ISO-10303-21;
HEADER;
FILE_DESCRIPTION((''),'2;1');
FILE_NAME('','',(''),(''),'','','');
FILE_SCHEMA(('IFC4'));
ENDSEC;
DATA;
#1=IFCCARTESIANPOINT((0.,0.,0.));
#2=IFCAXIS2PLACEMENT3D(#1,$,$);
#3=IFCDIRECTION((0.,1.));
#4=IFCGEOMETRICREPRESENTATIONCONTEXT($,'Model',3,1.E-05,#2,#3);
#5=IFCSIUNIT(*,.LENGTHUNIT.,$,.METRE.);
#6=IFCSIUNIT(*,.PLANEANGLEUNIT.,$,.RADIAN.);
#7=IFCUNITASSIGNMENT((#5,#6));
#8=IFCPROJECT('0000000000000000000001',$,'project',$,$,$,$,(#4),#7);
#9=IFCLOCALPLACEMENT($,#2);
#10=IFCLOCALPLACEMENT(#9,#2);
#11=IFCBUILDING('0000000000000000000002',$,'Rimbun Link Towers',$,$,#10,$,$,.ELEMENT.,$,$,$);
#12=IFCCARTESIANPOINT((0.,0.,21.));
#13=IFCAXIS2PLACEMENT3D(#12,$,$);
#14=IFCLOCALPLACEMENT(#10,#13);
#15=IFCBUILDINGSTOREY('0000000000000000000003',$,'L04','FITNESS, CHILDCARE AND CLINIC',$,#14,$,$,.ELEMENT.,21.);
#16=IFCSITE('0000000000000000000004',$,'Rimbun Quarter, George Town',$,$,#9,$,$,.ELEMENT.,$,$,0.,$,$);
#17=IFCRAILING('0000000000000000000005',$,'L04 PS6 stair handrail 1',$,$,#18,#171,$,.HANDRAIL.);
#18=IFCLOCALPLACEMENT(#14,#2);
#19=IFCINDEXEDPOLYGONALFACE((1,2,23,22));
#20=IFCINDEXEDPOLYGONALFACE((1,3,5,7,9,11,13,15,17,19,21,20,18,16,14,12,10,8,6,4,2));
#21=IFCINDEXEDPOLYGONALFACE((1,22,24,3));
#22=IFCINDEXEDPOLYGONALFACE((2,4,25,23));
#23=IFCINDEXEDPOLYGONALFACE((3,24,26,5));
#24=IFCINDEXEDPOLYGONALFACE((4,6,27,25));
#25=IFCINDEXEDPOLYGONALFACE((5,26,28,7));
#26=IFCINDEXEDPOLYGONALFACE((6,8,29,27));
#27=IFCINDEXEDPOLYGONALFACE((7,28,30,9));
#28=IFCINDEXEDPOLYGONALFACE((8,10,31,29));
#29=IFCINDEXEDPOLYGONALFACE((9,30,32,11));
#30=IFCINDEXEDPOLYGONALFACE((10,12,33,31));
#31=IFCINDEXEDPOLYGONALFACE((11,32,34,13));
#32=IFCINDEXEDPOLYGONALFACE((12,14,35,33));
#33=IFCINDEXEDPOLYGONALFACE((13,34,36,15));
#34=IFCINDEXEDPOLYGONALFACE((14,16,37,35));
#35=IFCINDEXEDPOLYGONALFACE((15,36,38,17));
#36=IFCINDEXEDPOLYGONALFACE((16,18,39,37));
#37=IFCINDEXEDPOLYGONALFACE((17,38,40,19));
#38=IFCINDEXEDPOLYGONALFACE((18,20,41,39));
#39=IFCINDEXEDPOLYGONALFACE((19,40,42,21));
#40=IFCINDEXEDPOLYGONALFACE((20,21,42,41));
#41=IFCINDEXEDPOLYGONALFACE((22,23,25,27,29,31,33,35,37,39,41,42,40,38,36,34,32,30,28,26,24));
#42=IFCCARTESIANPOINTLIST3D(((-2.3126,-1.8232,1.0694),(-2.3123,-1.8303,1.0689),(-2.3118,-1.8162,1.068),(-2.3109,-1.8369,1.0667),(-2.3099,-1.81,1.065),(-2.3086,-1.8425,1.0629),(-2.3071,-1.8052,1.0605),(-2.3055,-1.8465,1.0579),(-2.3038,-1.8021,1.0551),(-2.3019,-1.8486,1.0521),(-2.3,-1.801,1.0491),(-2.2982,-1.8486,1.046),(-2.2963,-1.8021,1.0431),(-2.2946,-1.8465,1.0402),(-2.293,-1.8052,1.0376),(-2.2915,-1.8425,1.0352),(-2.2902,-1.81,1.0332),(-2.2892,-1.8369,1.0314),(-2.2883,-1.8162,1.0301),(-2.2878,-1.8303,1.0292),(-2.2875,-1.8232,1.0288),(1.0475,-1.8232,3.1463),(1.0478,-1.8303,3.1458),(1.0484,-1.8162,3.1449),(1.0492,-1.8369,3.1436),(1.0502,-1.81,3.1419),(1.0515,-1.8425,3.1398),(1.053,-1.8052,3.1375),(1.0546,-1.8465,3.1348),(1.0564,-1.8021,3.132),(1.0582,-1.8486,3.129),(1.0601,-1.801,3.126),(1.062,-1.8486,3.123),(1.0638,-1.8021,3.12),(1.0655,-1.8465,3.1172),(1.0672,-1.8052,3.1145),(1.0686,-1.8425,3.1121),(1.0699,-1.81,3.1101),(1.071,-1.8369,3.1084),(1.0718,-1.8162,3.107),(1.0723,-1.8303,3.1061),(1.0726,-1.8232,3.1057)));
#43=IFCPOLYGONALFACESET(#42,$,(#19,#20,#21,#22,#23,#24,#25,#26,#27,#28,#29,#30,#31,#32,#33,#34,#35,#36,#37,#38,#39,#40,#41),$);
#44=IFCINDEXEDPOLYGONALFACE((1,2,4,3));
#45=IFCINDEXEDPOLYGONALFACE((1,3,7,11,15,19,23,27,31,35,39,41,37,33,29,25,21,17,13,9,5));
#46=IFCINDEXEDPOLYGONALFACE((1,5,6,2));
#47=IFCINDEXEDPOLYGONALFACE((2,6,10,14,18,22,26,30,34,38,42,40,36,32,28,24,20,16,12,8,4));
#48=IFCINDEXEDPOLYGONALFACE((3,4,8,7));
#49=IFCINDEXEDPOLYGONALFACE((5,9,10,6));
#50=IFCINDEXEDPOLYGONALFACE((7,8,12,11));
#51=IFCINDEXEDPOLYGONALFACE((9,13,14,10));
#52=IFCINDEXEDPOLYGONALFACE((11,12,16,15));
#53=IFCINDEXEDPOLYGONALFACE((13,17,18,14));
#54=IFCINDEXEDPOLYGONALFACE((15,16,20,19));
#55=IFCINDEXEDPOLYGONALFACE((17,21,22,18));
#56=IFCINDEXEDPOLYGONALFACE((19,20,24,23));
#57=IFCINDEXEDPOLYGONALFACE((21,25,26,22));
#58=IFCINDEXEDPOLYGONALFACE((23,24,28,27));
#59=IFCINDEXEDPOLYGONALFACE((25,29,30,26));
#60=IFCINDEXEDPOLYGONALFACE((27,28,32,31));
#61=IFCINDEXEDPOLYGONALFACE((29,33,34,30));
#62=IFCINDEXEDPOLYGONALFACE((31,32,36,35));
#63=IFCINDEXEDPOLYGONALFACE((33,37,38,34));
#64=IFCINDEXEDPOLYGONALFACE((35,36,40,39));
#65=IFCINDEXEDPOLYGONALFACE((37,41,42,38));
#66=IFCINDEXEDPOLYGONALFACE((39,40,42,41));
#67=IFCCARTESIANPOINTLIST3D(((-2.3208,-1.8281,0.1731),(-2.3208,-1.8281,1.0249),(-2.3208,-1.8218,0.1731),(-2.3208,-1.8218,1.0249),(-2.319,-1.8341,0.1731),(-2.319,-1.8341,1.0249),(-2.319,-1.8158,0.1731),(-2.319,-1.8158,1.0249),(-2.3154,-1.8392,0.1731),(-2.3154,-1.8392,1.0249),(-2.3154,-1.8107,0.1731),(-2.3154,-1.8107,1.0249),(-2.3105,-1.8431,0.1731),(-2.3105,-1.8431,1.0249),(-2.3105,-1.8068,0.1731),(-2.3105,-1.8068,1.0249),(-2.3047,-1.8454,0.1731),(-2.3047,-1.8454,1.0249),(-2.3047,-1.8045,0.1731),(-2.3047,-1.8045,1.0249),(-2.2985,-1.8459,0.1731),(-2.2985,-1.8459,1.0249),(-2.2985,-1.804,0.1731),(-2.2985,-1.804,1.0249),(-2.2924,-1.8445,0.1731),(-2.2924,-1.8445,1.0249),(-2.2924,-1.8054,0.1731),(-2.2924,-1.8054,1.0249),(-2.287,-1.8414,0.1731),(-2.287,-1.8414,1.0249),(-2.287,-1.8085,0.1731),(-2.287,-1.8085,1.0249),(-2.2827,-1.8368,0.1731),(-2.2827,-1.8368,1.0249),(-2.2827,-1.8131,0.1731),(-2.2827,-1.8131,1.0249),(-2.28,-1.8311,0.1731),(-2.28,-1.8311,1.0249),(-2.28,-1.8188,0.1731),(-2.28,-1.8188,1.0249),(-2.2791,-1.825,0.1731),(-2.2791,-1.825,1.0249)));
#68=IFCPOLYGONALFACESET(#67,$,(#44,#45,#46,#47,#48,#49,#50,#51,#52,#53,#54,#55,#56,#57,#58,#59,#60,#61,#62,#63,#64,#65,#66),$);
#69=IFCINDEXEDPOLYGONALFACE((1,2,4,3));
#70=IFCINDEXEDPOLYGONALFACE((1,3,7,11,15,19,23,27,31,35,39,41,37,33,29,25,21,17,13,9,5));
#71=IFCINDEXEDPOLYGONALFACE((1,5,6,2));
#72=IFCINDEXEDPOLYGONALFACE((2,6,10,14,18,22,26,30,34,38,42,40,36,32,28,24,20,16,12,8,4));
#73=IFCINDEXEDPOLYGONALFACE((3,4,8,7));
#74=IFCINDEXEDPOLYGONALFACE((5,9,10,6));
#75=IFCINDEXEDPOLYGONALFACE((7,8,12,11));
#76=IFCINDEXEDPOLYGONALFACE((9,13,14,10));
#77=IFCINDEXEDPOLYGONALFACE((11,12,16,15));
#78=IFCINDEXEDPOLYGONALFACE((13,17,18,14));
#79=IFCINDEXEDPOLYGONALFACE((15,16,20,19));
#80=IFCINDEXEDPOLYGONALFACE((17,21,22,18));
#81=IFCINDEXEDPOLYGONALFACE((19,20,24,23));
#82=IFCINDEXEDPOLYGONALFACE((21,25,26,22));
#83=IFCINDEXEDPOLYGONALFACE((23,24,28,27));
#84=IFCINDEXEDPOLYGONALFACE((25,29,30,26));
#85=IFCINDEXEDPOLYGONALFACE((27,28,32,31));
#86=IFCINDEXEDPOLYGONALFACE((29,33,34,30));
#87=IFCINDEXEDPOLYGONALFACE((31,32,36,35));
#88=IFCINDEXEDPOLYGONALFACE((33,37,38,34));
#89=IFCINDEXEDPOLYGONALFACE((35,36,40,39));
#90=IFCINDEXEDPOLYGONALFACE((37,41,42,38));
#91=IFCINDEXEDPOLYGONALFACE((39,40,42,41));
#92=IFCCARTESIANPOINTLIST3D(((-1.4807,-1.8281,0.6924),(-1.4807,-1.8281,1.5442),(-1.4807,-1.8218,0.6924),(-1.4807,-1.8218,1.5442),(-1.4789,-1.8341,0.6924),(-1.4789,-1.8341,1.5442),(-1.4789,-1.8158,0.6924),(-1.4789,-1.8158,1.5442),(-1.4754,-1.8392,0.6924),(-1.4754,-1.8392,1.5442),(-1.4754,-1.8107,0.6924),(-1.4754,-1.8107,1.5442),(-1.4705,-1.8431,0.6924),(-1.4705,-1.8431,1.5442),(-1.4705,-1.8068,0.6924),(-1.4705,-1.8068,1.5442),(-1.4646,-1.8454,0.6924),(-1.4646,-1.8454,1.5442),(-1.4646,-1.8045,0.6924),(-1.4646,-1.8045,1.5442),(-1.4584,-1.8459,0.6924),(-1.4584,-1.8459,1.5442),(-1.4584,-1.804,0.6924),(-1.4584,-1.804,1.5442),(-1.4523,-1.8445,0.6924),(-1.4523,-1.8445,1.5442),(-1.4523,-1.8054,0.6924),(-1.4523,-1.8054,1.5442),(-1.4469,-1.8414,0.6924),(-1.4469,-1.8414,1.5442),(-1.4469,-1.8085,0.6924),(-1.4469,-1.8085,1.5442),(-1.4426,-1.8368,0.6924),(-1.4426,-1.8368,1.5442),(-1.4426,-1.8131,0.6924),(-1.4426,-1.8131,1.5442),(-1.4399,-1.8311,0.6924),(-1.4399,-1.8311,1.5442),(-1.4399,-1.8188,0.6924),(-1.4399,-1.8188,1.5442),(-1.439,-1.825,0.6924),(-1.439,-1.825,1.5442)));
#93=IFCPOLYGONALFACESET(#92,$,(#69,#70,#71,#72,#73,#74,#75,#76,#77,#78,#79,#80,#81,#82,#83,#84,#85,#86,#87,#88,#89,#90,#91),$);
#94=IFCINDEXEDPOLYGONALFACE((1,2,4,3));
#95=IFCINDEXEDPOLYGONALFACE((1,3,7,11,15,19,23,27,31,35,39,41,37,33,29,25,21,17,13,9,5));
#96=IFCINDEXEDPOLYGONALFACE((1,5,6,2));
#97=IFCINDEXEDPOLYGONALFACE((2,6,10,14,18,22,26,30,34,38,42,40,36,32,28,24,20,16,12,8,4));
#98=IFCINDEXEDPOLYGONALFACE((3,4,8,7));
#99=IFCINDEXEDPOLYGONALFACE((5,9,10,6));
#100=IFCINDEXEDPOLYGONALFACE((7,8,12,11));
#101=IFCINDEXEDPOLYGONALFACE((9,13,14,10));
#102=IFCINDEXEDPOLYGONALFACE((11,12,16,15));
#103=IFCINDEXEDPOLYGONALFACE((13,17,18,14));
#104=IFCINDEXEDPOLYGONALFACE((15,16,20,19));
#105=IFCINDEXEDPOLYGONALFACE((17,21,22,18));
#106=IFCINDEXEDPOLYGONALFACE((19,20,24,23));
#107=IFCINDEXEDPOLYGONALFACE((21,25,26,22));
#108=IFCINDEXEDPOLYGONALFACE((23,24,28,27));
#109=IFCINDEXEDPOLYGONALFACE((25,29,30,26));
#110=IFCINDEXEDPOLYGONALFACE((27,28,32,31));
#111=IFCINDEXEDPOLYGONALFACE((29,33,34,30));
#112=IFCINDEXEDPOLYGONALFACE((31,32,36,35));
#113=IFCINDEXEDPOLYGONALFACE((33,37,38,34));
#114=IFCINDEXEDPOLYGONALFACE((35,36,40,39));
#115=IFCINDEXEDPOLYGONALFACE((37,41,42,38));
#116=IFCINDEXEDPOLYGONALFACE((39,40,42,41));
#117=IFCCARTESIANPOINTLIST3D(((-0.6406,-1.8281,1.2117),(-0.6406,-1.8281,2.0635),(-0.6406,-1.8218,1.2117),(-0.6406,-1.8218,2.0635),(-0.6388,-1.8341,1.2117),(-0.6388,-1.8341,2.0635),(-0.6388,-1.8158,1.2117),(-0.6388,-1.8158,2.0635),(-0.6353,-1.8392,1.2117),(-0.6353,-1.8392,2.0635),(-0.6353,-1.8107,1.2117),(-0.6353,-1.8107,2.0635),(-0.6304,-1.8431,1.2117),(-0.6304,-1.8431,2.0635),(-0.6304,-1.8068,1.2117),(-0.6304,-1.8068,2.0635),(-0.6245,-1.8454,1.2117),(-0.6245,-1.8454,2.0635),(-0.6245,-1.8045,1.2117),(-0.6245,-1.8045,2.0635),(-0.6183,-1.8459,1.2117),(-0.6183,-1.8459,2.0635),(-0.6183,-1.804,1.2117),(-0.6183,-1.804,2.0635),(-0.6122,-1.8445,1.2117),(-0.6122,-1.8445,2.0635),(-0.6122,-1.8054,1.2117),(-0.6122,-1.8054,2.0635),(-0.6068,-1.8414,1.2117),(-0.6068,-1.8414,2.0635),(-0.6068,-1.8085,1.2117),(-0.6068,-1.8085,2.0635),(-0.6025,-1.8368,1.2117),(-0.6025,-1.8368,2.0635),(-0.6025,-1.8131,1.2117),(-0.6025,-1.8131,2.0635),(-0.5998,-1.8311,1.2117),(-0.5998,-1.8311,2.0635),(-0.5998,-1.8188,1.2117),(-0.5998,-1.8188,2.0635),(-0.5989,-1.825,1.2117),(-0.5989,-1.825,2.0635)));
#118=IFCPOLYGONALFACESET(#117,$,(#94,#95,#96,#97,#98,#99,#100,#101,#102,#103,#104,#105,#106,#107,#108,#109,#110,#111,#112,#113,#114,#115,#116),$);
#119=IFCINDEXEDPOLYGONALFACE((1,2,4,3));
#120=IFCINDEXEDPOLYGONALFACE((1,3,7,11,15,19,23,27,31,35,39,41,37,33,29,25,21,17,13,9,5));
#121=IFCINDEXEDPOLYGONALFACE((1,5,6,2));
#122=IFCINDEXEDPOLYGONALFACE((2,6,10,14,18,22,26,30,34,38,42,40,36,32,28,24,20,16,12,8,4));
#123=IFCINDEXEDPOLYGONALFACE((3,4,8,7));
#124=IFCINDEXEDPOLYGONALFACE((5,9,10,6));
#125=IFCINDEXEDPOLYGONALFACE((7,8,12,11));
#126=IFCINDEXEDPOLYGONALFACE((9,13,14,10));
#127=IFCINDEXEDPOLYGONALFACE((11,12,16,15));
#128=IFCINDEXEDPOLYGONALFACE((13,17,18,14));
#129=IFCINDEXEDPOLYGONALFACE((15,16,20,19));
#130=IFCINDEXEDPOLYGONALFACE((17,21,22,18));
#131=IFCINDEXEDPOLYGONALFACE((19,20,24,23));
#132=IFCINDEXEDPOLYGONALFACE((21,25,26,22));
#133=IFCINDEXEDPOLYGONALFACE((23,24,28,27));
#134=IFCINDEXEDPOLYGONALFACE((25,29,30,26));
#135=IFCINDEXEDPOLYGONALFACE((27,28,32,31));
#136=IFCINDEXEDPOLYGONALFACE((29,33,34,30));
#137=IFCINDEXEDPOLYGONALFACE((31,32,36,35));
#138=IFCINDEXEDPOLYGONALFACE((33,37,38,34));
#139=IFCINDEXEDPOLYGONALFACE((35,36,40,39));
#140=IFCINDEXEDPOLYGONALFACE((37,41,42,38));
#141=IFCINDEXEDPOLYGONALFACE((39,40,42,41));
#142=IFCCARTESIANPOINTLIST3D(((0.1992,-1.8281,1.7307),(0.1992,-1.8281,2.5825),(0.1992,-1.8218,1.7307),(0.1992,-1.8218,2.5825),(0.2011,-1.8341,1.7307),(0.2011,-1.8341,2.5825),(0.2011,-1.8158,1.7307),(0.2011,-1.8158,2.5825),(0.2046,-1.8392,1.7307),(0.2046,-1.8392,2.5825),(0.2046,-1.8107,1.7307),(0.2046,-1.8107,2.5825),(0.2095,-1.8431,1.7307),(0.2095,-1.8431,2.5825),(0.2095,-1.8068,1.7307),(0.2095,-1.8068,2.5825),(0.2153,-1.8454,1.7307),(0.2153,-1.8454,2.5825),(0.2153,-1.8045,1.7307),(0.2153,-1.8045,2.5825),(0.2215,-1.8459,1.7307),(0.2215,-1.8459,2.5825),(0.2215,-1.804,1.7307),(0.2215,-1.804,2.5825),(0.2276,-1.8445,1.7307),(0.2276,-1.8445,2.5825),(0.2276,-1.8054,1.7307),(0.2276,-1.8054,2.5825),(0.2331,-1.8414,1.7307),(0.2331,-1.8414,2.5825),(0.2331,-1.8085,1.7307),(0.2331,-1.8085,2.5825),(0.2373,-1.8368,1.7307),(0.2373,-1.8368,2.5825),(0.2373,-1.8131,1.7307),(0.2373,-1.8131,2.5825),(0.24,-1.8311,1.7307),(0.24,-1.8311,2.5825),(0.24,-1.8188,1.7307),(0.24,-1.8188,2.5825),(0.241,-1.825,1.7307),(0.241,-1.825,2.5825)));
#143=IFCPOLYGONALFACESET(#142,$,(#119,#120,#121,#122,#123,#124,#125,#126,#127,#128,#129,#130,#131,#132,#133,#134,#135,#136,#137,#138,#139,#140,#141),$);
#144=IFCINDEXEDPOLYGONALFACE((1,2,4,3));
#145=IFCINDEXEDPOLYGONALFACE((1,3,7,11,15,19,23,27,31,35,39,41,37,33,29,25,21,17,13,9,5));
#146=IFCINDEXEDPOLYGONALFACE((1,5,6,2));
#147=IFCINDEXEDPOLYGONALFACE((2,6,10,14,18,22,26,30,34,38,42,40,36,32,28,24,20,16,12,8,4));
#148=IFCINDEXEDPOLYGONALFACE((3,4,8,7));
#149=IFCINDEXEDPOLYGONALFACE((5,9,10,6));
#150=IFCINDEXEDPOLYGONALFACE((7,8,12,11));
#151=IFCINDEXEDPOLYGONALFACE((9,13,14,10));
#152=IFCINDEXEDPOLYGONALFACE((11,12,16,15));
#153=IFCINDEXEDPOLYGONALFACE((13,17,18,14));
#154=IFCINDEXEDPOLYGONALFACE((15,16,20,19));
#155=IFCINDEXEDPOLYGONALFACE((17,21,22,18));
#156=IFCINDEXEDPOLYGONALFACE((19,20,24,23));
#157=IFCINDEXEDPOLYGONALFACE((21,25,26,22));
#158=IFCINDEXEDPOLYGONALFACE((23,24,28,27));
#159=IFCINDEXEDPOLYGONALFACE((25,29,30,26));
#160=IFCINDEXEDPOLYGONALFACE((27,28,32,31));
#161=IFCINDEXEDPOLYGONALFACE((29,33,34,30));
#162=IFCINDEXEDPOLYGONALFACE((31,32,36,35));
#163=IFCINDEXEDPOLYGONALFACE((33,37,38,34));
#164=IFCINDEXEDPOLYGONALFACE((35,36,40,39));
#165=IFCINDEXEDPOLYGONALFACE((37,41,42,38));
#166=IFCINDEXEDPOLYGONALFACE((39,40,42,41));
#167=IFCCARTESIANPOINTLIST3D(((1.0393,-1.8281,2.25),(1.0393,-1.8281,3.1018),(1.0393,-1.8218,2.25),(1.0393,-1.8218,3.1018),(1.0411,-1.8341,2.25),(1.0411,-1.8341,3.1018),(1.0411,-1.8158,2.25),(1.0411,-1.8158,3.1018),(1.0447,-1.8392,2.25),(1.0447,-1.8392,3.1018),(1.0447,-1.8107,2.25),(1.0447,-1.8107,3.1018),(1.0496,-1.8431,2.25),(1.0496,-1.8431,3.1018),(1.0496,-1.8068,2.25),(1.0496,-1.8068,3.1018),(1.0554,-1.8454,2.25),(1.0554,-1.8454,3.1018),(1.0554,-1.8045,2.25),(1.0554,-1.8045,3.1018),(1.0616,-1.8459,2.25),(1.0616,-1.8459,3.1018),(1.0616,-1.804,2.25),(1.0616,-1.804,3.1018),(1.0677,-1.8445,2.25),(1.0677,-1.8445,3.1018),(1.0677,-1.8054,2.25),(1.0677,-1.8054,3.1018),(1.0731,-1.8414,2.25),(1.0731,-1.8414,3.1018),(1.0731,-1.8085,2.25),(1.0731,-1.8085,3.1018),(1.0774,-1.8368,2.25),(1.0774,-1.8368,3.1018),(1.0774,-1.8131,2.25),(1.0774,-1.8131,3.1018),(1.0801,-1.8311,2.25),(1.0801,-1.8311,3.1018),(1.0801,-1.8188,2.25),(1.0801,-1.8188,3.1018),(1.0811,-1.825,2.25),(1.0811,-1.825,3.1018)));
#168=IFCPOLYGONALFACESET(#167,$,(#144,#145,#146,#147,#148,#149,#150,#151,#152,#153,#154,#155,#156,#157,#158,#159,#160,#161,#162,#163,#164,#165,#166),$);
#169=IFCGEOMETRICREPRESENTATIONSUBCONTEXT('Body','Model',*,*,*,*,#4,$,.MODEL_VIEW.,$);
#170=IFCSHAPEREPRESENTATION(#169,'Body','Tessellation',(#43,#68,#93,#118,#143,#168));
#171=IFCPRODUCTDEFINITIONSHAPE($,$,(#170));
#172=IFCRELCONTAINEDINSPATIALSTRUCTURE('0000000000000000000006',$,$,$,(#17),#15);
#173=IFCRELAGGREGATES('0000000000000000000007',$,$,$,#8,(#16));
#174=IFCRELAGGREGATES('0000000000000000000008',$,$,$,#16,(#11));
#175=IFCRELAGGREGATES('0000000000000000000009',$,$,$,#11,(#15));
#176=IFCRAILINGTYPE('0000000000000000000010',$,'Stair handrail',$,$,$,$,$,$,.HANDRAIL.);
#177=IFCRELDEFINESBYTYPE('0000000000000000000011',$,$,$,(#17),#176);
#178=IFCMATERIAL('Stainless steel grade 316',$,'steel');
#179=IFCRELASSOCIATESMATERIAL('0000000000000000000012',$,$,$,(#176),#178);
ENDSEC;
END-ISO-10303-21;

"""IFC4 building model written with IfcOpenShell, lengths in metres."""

from ifc_helpers import new_model, si_unit, direction, frame, origin, origin_2d, place, context, subcontext, project, spatial, circle, extrude, material, type_object, element, save


model = new_model("IFC4")

# Units and contexts
model_context = context("Model", 3, precision=1e-05, world=origin(), true_north=direction((0.0, 1.0)))
body_context = subcontext(model_context, "Body", "Model", "MODEL_VIEW")
ifc_project = project(units=[si_unit("LENGTHUNIT", "METRE"), si_unit("PLANEANGLEUNIT", "RADIAN")], contexts=[model_context])

# Site, building, storey
site_placement = place(None, origin())
site = spatial("IfcSite", under=ifc_project, at=site_placement, Name="Rimbun Quarter, George Town", CompositionType="ELEMENT", RefElevation=0.0)
building_placement = place(site_placement, origin())
building = spatial("IfcBuilding", under=site, at=building_placement, Name="Rimbun Link Towers", CompositionType="ELEMENT")
storey_placement = place(building_placement, frame((0.0, 0.0, 21.0)))
storey = spatial("IfcBuildingStorey", under=building, at=storey_placement, Name="L04", Description="FITNESS, CHILDCARE AND CLINIC", CompositionType="ELEMENT", Elevation=21.0)

# Railing
ifc_material_1 = material(Name="Stainless steel grade 316", Category="steel")
railing_type_1 = type_object("IfcRailingType", Name="Stair handrail", PredefinedType="HANDRAIL", material=ifc_material_1)
railing_1_placement = place(storey_placement, frame((-2.3, -1.825, 0.1731)))
element("IfcRailing", 1, at=railing_1_placement, inside=storey, type_object=railing_type_1, Name="L04 PS6 stair handrail 1", PredefinedType="HANDRAIL", context=body_context, shape_type="SweptSolid", body=[
    extrude(circle(Radius=0.0239, at=origin_2d()), frame((0.0, 0.0, 0.876), z_axis=(0.850623, 0.0, 0.525776), x_axis=(0.0, 1.0, 0.0)), (0.0, 0.0, 1.0), 3.9502),
    extrude(circle(Radius=0.021, at=origin_2d()), origin(), (0.0, 0.0, 1.0), 0.8518),
    extrude(circle(Radius=0.021, at=origin_2d()), frame((0.8401, 0.0, 0.5193)), (0.0, 0.0, 1.0), 0.8518),
    extrude(circle(Radius=0.021, at=origin_2d()), frame((1.6802, 0.0, 1.0386)), (0.0, 0.0, 1.0), 0.8518),
    extrude(circle(Radius=0.021, at=origin_2d()), frame((2.52, 0.0, 1.5576)), (0.0, 0.0, 1.0), 0.8518),
    extrude(circle(Radius=0.021, at=origin_2d()), frame((3.3601, 0.0, 2.0769)), (0.0, 0.0, 1.0), 0.8518),
])

save(model, "model.ifc")
